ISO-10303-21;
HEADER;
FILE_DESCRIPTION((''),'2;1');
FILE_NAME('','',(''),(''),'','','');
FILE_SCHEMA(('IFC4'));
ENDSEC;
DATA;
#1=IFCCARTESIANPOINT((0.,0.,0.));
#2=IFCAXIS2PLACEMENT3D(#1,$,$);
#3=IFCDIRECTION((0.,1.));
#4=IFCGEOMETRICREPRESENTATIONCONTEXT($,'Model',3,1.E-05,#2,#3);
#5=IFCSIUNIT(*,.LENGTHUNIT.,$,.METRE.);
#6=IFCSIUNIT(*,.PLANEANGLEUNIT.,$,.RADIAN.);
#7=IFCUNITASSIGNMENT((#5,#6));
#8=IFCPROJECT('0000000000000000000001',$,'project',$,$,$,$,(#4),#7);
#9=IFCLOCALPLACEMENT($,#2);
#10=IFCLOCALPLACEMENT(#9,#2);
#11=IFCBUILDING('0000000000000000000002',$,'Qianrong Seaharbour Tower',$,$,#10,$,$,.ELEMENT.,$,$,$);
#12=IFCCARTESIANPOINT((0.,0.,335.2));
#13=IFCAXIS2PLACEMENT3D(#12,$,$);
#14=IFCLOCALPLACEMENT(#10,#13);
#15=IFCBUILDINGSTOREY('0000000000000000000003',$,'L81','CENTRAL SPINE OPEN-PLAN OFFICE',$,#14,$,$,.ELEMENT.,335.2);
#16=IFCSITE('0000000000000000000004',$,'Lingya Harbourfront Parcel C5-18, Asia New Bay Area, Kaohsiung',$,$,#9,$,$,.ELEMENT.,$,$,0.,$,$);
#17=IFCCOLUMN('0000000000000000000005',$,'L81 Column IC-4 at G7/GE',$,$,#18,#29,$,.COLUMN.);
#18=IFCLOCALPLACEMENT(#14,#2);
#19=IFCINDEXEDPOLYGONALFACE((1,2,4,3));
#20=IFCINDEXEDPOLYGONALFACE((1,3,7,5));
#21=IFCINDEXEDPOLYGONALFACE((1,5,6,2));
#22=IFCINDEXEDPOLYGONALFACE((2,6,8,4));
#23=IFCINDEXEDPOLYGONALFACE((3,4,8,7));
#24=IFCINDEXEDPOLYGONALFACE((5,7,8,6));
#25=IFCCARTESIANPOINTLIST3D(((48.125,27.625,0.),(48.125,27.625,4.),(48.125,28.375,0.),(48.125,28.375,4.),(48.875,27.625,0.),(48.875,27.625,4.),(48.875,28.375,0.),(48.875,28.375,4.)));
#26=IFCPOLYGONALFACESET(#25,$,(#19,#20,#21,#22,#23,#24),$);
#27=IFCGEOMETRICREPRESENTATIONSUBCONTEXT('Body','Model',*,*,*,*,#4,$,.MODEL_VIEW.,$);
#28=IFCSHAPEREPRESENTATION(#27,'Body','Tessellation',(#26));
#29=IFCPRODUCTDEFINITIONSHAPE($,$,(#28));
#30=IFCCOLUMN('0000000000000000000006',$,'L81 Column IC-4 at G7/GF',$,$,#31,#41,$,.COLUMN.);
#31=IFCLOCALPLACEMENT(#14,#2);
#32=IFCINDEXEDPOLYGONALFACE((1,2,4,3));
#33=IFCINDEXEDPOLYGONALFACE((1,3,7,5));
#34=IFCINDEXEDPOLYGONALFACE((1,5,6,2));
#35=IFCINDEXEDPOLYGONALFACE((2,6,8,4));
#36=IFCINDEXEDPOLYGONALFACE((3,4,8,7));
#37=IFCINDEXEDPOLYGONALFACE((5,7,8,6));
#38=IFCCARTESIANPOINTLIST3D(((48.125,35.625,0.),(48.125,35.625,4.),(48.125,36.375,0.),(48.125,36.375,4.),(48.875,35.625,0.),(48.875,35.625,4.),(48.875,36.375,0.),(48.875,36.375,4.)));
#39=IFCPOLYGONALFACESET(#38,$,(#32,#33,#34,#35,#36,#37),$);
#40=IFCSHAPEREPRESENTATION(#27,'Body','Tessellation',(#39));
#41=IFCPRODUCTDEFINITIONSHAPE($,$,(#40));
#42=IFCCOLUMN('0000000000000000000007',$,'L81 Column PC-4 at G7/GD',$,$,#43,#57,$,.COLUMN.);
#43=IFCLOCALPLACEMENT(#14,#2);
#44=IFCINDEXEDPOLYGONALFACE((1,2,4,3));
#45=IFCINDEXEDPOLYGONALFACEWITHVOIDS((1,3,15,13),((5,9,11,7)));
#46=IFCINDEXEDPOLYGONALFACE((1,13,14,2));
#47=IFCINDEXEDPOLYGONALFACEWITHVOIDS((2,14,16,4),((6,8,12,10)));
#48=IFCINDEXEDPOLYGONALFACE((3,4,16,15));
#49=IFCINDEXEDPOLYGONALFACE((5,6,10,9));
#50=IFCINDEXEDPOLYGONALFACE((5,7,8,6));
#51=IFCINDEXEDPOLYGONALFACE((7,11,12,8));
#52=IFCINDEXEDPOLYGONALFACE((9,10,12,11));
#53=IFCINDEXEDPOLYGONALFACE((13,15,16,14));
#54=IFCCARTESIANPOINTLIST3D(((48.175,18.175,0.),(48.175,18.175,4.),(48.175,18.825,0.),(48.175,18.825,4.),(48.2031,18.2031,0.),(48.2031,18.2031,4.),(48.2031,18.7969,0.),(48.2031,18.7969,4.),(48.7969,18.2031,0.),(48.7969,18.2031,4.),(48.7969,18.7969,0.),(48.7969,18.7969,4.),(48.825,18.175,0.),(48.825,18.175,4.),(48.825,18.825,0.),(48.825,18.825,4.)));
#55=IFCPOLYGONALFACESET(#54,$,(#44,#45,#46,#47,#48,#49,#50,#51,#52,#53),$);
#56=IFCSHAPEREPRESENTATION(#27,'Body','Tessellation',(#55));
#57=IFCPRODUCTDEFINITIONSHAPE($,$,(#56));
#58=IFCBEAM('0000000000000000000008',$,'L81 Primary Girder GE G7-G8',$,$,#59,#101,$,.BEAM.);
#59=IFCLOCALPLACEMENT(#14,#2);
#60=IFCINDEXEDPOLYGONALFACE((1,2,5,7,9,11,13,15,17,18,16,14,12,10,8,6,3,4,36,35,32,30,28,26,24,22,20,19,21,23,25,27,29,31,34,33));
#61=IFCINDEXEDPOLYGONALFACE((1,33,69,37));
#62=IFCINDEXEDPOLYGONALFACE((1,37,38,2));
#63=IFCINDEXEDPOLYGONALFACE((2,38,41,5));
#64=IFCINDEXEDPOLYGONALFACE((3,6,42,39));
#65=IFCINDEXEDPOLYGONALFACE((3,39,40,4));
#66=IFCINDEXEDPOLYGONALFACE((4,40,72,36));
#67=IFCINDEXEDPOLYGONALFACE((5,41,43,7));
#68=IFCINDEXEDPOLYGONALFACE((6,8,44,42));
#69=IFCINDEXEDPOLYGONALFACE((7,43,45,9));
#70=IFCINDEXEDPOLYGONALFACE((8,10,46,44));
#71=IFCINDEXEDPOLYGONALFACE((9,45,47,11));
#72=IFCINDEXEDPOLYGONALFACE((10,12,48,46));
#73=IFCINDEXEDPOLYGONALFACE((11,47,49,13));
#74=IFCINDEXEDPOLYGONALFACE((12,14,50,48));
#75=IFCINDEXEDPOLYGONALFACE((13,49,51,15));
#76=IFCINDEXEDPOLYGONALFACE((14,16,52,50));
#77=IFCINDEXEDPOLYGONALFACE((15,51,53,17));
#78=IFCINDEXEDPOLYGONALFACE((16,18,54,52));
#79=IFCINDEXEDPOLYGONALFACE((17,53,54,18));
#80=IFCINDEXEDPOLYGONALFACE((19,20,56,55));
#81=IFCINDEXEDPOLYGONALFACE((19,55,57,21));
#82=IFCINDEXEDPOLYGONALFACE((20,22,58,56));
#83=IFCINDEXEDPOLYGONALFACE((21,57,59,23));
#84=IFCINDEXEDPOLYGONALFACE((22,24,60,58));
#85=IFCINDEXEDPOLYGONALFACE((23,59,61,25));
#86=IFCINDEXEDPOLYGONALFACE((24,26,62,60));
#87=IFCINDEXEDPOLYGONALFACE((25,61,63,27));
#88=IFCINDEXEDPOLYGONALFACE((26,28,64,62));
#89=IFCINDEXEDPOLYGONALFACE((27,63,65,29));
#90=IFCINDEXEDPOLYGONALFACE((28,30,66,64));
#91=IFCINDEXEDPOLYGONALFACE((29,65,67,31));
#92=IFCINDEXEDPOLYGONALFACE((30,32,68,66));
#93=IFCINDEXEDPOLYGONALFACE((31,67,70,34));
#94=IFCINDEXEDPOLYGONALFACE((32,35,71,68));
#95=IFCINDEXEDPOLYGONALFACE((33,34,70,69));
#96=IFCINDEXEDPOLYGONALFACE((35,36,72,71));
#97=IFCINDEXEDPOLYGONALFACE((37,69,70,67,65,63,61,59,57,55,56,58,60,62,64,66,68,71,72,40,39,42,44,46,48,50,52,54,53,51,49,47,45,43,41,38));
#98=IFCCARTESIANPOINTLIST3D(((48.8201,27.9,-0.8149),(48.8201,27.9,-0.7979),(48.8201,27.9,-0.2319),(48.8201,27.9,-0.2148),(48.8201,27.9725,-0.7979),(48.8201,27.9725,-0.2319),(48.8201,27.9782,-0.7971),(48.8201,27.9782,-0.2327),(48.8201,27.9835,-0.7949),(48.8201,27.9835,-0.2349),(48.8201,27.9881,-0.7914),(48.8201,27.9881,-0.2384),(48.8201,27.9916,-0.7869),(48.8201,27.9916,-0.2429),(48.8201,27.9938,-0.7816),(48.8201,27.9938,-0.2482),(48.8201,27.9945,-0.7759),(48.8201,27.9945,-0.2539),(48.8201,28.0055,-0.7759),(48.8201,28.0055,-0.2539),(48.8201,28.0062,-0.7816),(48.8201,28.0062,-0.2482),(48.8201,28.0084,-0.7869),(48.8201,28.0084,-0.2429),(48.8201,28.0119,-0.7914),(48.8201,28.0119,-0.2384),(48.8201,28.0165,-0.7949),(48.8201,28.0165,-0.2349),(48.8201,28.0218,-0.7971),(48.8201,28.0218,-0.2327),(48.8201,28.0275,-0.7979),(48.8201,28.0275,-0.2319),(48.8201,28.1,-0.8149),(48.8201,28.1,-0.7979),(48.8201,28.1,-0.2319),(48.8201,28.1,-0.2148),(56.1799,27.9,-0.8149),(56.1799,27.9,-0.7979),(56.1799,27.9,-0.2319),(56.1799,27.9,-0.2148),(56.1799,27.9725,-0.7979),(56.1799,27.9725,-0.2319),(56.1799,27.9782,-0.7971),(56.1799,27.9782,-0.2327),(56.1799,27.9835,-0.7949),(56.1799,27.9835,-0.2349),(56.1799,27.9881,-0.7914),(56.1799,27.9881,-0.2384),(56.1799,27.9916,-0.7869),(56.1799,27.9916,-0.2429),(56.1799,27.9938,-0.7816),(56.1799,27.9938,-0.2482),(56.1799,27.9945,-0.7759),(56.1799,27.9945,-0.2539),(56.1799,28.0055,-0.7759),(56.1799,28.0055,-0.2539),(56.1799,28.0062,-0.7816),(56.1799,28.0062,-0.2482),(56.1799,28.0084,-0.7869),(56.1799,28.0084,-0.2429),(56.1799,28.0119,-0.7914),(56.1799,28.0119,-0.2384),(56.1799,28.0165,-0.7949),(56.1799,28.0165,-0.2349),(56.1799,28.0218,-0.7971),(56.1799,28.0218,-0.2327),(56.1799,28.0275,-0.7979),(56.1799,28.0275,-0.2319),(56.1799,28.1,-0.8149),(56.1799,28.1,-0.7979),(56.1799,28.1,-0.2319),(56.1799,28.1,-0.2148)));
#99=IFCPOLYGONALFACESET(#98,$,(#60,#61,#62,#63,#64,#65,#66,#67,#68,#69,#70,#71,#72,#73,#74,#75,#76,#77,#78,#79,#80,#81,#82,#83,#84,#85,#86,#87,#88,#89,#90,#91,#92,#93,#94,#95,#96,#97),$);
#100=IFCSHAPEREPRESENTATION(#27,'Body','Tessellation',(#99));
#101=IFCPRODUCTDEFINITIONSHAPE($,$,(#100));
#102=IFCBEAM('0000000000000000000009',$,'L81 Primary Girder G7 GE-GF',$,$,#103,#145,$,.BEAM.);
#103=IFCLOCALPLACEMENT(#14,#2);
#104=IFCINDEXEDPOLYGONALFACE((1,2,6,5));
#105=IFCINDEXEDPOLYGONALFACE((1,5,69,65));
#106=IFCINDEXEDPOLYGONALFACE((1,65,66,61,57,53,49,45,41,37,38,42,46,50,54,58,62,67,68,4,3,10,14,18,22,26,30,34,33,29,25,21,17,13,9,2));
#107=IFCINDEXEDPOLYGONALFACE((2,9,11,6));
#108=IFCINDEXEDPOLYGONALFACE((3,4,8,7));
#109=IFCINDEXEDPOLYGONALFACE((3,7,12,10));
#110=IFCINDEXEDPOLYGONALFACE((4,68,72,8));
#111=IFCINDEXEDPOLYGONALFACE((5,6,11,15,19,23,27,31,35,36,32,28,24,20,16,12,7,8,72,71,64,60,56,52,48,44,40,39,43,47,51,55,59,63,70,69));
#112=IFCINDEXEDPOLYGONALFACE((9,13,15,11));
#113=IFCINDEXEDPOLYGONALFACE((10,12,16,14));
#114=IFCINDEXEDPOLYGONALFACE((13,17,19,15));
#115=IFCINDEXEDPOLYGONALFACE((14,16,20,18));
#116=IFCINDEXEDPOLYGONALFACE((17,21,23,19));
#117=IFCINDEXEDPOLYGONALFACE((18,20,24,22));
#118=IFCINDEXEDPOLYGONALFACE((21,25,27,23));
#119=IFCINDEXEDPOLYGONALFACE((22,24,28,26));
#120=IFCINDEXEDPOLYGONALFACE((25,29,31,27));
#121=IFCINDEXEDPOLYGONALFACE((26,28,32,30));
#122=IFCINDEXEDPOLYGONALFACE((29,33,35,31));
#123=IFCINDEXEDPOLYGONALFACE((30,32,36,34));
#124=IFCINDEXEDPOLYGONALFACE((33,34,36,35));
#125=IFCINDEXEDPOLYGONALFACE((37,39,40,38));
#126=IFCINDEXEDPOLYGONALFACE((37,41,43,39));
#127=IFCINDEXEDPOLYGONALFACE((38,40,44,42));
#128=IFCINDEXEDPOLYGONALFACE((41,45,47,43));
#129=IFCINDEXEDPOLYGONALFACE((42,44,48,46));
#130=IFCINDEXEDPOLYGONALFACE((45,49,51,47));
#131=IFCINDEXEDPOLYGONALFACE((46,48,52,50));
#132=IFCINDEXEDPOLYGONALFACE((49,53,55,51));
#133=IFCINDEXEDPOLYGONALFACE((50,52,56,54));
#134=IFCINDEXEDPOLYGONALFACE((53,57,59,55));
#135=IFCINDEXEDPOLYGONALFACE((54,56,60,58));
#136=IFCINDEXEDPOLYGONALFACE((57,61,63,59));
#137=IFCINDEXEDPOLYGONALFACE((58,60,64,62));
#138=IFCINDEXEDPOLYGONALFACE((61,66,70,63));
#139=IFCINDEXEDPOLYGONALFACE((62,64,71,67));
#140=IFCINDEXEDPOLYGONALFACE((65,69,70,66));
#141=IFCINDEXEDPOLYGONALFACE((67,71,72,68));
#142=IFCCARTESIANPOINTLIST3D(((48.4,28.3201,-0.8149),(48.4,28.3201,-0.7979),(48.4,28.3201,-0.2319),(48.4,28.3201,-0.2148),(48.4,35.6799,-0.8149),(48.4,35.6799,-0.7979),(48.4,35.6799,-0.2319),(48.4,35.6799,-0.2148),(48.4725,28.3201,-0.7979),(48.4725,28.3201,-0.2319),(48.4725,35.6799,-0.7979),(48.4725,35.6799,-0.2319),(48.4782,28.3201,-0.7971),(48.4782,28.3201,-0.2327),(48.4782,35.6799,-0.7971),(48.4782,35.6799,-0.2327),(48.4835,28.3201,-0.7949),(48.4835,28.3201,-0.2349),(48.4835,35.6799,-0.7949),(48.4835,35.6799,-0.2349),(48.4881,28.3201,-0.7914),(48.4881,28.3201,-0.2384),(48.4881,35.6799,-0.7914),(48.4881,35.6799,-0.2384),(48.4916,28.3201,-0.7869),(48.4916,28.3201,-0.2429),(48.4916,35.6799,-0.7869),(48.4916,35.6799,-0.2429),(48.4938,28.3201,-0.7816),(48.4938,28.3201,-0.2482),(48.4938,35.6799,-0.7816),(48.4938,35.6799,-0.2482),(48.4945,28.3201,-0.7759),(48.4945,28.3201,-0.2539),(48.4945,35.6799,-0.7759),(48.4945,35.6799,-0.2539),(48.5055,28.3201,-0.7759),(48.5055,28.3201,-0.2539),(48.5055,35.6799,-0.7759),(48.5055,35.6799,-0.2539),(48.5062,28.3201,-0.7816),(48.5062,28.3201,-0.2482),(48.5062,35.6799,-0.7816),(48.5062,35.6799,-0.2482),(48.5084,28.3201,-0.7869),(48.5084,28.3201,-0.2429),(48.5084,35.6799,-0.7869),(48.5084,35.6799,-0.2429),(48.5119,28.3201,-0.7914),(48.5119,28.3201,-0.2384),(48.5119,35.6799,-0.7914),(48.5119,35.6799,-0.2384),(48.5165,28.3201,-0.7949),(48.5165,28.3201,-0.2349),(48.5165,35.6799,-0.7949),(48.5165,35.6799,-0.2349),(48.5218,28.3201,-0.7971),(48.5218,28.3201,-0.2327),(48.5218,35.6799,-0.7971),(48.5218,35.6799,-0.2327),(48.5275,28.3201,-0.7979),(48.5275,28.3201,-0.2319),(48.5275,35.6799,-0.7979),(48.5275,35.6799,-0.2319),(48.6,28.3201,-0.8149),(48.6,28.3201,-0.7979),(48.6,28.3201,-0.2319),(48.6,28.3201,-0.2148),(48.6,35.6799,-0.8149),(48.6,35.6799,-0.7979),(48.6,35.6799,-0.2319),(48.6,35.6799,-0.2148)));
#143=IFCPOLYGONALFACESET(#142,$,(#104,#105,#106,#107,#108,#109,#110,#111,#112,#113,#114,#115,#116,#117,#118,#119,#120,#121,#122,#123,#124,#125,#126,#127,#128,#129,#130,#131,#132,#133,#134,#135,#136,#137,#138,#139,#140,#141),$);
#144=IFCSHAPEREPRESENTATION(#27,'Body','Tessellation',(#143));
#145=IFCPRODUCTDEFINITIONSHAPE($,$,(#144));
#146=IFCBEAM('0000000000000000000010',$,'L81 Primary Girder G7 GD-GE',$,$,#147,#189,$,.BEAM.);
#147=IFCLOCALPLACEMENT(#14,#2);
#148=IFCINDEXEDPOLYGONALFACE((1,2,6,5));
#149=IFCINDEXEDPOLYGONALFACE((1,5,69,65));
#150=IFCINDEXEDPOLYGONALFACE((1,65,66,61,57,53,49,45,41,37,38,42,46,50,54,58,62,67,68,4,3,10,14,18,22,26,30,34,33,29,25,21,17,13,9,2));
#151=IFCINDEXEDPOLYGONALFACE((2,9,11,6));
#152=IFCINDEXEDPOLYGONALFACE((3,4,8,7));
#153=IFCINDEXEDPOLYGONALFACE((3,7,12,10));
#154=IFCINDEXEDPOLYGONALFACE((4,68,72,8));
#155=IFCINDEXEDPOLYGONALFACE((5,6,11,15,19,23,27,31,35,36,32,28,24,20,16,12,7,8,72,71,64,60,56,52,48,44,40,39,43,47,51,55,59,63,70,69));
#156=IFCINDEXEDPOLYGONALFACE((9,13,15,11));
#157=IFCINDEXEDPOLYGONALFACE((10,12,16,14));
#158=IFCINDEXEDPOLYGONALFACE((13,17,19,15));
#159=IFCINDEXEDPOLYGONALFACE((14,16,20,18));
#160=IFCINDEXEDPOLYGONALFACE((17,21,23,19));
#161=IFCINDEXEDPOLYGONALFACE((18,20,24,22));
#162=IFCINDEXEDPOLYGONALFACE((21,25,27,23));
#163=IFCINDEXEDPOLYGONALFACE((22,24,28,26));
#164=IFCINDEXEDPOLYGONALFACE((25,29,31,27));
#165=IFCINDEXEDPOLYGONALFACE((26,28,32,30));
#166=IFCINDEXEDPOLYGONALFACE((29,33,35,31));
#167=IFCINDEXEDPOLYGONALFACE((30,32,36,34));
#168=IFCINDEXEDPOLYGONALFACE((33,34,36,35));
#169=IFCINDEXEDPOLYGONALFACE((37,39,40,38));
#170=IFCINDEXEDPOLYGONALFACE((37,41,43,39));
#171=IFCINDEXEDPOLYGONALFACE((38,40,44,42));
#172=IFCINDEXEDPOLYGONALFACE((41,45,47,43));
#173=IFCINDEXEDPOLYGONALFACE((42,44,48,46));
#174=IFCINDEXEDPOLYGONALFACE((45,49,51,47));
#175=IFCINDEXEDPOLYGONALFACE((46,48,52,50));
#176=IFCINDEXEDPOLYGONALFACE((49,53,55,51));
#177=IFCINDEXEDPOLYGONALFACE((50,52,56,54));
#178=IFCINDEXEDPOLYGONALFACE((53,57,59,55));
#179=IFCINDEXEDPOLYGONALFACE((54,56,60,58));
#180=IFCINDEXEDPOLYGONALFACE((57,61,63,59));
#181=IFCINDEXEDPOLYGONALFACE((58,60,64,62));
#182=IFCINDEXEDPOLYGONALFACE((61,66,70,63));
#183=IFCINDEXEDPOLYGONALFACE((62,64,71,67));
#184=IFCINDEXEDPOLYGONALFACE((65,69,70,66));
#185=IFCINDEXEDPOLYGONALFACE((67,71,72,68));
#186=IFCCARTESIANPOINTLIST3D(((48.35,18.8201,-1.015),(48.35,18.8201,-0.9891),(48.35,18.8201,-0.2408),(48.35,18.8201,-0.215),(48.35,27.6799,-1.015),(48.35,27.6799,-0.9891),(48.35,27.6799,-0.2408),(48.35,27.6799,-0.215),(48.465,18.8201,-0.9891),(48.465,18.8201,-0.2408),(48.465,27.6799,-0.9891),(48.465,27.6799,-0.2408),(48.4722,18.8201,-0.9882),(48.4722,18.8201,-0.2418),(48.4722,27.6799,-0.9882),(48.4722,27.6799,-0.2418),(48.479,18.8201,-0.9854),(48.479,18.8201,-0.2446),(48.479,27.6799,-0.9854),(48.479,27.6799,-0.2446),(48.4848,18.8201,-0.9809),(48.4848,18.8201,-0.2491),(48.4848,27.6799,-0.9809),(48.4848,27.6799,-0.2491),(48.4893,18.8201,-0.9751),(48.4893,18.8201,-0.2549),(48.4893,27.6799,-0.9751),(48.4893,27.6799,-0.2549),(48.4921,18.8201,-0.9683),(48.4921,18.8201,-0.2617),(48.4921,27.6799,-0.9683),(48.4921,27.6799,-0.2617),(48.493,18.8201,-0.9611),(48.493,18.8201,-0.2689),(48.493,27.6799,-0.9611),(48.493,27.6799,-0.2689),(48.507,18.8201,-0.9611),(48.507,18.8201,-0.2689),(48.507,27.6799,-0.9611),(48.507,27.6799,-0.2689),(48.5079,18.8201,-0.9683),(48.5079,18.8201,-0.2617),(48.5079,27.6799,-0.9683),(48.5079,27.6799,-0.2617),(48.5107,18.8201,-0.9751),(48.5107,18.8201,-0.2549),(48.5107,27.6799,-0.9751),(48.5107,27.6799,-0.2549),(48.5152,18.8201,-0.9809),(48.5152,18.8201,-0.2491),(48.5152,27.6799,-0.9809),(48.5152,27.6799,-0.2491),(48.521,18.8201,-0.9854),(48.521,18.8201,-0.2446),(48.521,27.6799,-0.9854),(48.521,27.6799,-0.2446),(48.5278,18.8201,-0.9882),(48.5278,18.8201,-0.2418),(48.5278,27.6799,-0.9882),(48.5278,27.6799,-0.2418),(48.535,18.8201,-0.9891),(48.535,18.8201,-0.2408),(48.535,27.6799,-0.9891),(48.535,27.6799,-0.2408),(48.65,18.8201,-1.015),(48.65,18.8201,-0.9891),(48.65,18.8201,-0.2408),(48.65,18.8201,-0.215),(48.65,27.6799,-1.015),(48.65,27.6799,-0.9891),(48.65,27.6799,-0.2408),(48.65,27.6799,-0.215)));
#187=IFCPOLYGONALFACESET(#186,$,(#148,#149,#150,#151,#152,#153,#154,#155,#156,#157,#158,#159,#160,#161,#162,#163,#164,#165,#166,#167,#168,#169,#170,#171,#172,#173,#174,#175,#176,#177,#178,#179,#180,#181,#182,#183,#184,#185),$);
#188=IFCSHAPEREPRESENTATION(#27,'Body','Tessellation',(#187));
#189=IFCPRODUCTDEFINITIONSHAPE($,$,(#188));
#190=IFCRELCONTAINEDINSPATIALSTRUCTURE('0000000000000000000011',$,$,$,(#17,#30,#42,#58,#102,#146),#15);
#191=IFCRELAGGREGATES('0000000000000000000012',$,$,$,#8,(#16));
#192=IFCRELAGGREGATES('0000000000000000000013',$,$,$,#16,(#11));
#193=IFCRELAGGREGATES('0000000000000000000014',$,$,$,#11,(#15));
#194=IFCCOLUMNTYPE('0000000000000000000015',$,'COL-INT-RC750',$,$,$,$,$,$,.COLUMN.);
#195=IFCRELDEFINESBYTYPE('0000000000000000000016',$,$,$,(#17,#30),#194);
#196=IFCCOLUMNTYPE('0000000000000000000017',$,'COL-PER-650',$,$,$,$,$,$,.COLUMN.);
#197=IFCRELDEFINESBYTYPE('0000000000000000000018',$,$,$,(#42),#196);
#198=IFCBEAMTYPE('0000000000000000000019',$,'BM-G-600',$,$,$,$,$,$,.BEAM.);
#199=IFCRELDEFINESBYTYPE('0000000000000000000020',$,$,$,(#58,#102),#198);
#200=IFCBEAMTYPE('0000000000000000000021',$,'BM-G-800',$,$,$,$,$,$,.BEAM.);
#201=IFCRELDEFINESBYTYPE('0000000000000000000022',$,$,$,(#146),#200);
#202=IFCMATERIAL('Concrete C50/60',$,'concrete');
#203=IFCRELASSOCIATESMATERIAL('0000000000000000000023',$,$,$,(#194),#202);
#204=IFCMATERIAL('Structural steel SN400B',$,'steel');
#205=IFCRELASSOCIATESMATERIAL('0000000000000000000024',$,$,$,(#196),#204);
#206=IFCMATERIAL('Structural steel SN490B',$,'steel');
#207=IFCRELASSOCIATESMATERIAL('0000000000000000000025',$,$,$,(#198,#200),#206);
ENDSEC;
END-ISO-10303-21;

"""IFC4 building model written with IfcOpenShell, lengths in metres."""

from ifc_helpers import new_model, si_unit, direction, frame, origin, origin_2d, place, context, subcontext, project, spatial, rectangle, hollow_rectangle, i_section, extrude, material, material_profile, profile_set, type_object, element, save


model = new_model("IFC4")

# Units and contexts
model_context = context("Model", 3, precision=1e-05, world=origin(), true_north=direction((0.0, 1.0)))
body_context = subcontext(model_context, "Body", "Model", "MODEL_VIEW")
ifc_project = project(units=[si_unit("LENGTHUNIT", "METRE"), si_unit("PLANEANGLEUNIT", "RADIAN")], contexts=[model_context])

# Site, building, storey
site_placement = place(None, origin())
site = spatial("IfcSite", under=ifc_project, at=site_placement, Name="Lingya Harbourfront Parcel C5-18, Asia New Bay Area, Kaohsiung", CompositionType="ELEMENT", RefElevation=0.0)
building_placement = place(site_placement, origin())
building = spatial("IfcBuilding", under=site, at=building_placement, Name="Qianrong Seaharbour Tower", CompositionType="ELEMENT")
storey_placement = place(building_placement, frame((0.0, 0.0, 335.2)))
storey = spatial("IfcBuildingStorey", under=building, at=storey_placement, Name="L81", Description="CENTRAL SPINE OPEN-PLAN OFFICE", CompositionType="ELEMENT", Elevation=335.2)

# Columns
ifc_material_1 = material(Name="Concrete C50/60", Category="concrete")
ifc_material_profile_1 = material_profile(ifc_material_1, rectangle(XDim=0.75, YDim=0.75, at=origin_2d()), Name="RC750x750")
ifc_profile_set_1 = profile_set([ifc_material_profile_1], Name="Concrete C50/60")
column_type_1 = type_object("IfcColumnType", Name="COL-INT-RC750", PredefinedType="COLUMN", material=ifc_profile_set_1)
for number, where, z_axis, x_axis, name in (
    (1, (48.5, 28.0, 0.0), (0.0, 0.0, 1.0), (1.0, 0.0, 0.0), "L81 Column IC-4 at G7/GE"),
    (2, (48.5, 36.0, 0.0), (0.0, 0.0, 1.0), (1.0, 0.0, 0.0), "L81 Column IC-4 at G7/GF"),
):
    element("IfcColumn", number, at=place(storey_placement, frame(where, z_axis=z_axis, x_axis=x_axis)), inside=storey, type_object=column_type_1, Name=name, PredefinedType="COLUMN", context=body_context, shape_type="SweptSolid", body=[
        extrude(rectangle(XDim=0.75, YDim=0.75, at=origin_2d()), origin(), (0.0, 0.0, 1.0), 4.0),
    ])
ifc_material_2 = material(Name="Structural steel SN400B", Category="steel")
ifc_material_profile_2 = material_profile(ifc_material_2, hollow_rectangle(XDim=0.6499, YDim=0.6499, WallThickness=0.0281, at=origin_2d()), Name="BOX650x650x28")
ifc_profile_set_2 = profile_set([ifc_material_profile_2], Name="Structural steel SN400B")
column_type_2 = type_object("IfcColumnType", Name="COL-PER-650", PredefinedType="COLUMN", material=ifc_profile_set_2)
column_placement = place(storey_placement, frame((48.5, 18.5, 0.0), z_axis=(0.0, 0.0, 1.0), x_axis=(1.0, 0.0, 0.0)))
element("IfcColumn", 3, at=column_placement, inside=storey, type_object=column_type_2, Name="L81 Column PC-4 at G7/GD", PredefinedType="COLUMN", context=body_context, shape_type="SweptSolid", body=[
    extrude(hollow_rectangle(XDim=0.6499, YDim=0.6499, WallThickness=0.0281, at=origin_2d()), origin(), (0.0, 0.0, 1.0), 4.0),
])

# Beams
ifc_material_3 = material(Name="Structural steel SN490B", Category="steel")
ifc_material_profile_3 = material_profile(ifc_material_3, i_section(OverallWidth=0.2, OverallDepth=0.6001, WebThickness=0.011, FlangeThickness=0.0171, FilletRadius=0.022, at=origin_2d()), Name="H600x200x11x17")
ifc_profile_set_3 = profile_set([ifc_material_profile_3], Name="Structural steel SN490B")
beam_type_1 = type_object("IfcBeamType", Name="BM-G-600", PredefinedType="BEAM", material=ifc_profile_set_3)
for number, where, z_axis, x_axis, name in (
    (4, (48.8201, 28.0, -0.5149), (1.0, 0.0, 0.0), (0.0, 1.0, 0.0), "L81 Primary Girder GE G7-G8"),
    (5, (48.5, 28.3201, -0.5149), (0.0, 1.0, 0.0), (-1.0, 0.0, 0.0), "L81 Primary Girder G7 GE-GF"),
):
    element("IfcBeam", number, at=place(storey_placement, frame(where, z_axis=z_axis, x_axis=x_axis)), inside=storey, type_object=beam_type_1, Name=name, PredefinedType="BEAM", context=body_context, shape_type="SweptSolid", body=[
        extrude(i_section(OverallWidth=0.2, OverallDepth=0.6001, WebThickness=0.011, FlangeThickness=0.0171, FilletRadius=0.022, at=origin_2d()), origin(), (0.0, 0.0, 1.0), 7.3599),
    ])
ifc_material_profile_4 = material_profile(ifc_material_3, i_section(OverallWidth=0.3, OverallDepth=0.8, WebThickness=0.0139, FlangeThickness=0.0259, FilletRadius=0.0281, at=origin_2d()), Name="H800x300x14x26")
ifc_profile_set_4 = profile_set([ifc_material_profile_4], Name="Structural steel SN490B")
beam_type_2 = type_object("IfcBeamType", Name="BM-G-800", PredefinedType="BEAM", material=ifc_profile_set_4)
beam_1_placement = place(storey_placement, frame((48.5, 18.8201, -0.615), z_axis=(0.0, 1.0, 0.0), x_axis=(-1.0, 0.0, 0.0)))
element("IfcBeam", 6, at=beam_1_placement, inside=storey, type_object=beam_type_2, Name="L81 Primary Girder G7 GD-GE", PredefinedType="BEAM", context=body_context, shape_type="SweptSolid", body=[
    extrude(i_section(OverallWidth=0.3, OverallDepth=0.8, WebThickness=0.0139, FlangeThickness=0.0259, FilletRadius=0.0281, at=origin_2d()), origin(), (0.0, 0.0, 1.0), 8.8599),
])

save(model, "model.ifc")
